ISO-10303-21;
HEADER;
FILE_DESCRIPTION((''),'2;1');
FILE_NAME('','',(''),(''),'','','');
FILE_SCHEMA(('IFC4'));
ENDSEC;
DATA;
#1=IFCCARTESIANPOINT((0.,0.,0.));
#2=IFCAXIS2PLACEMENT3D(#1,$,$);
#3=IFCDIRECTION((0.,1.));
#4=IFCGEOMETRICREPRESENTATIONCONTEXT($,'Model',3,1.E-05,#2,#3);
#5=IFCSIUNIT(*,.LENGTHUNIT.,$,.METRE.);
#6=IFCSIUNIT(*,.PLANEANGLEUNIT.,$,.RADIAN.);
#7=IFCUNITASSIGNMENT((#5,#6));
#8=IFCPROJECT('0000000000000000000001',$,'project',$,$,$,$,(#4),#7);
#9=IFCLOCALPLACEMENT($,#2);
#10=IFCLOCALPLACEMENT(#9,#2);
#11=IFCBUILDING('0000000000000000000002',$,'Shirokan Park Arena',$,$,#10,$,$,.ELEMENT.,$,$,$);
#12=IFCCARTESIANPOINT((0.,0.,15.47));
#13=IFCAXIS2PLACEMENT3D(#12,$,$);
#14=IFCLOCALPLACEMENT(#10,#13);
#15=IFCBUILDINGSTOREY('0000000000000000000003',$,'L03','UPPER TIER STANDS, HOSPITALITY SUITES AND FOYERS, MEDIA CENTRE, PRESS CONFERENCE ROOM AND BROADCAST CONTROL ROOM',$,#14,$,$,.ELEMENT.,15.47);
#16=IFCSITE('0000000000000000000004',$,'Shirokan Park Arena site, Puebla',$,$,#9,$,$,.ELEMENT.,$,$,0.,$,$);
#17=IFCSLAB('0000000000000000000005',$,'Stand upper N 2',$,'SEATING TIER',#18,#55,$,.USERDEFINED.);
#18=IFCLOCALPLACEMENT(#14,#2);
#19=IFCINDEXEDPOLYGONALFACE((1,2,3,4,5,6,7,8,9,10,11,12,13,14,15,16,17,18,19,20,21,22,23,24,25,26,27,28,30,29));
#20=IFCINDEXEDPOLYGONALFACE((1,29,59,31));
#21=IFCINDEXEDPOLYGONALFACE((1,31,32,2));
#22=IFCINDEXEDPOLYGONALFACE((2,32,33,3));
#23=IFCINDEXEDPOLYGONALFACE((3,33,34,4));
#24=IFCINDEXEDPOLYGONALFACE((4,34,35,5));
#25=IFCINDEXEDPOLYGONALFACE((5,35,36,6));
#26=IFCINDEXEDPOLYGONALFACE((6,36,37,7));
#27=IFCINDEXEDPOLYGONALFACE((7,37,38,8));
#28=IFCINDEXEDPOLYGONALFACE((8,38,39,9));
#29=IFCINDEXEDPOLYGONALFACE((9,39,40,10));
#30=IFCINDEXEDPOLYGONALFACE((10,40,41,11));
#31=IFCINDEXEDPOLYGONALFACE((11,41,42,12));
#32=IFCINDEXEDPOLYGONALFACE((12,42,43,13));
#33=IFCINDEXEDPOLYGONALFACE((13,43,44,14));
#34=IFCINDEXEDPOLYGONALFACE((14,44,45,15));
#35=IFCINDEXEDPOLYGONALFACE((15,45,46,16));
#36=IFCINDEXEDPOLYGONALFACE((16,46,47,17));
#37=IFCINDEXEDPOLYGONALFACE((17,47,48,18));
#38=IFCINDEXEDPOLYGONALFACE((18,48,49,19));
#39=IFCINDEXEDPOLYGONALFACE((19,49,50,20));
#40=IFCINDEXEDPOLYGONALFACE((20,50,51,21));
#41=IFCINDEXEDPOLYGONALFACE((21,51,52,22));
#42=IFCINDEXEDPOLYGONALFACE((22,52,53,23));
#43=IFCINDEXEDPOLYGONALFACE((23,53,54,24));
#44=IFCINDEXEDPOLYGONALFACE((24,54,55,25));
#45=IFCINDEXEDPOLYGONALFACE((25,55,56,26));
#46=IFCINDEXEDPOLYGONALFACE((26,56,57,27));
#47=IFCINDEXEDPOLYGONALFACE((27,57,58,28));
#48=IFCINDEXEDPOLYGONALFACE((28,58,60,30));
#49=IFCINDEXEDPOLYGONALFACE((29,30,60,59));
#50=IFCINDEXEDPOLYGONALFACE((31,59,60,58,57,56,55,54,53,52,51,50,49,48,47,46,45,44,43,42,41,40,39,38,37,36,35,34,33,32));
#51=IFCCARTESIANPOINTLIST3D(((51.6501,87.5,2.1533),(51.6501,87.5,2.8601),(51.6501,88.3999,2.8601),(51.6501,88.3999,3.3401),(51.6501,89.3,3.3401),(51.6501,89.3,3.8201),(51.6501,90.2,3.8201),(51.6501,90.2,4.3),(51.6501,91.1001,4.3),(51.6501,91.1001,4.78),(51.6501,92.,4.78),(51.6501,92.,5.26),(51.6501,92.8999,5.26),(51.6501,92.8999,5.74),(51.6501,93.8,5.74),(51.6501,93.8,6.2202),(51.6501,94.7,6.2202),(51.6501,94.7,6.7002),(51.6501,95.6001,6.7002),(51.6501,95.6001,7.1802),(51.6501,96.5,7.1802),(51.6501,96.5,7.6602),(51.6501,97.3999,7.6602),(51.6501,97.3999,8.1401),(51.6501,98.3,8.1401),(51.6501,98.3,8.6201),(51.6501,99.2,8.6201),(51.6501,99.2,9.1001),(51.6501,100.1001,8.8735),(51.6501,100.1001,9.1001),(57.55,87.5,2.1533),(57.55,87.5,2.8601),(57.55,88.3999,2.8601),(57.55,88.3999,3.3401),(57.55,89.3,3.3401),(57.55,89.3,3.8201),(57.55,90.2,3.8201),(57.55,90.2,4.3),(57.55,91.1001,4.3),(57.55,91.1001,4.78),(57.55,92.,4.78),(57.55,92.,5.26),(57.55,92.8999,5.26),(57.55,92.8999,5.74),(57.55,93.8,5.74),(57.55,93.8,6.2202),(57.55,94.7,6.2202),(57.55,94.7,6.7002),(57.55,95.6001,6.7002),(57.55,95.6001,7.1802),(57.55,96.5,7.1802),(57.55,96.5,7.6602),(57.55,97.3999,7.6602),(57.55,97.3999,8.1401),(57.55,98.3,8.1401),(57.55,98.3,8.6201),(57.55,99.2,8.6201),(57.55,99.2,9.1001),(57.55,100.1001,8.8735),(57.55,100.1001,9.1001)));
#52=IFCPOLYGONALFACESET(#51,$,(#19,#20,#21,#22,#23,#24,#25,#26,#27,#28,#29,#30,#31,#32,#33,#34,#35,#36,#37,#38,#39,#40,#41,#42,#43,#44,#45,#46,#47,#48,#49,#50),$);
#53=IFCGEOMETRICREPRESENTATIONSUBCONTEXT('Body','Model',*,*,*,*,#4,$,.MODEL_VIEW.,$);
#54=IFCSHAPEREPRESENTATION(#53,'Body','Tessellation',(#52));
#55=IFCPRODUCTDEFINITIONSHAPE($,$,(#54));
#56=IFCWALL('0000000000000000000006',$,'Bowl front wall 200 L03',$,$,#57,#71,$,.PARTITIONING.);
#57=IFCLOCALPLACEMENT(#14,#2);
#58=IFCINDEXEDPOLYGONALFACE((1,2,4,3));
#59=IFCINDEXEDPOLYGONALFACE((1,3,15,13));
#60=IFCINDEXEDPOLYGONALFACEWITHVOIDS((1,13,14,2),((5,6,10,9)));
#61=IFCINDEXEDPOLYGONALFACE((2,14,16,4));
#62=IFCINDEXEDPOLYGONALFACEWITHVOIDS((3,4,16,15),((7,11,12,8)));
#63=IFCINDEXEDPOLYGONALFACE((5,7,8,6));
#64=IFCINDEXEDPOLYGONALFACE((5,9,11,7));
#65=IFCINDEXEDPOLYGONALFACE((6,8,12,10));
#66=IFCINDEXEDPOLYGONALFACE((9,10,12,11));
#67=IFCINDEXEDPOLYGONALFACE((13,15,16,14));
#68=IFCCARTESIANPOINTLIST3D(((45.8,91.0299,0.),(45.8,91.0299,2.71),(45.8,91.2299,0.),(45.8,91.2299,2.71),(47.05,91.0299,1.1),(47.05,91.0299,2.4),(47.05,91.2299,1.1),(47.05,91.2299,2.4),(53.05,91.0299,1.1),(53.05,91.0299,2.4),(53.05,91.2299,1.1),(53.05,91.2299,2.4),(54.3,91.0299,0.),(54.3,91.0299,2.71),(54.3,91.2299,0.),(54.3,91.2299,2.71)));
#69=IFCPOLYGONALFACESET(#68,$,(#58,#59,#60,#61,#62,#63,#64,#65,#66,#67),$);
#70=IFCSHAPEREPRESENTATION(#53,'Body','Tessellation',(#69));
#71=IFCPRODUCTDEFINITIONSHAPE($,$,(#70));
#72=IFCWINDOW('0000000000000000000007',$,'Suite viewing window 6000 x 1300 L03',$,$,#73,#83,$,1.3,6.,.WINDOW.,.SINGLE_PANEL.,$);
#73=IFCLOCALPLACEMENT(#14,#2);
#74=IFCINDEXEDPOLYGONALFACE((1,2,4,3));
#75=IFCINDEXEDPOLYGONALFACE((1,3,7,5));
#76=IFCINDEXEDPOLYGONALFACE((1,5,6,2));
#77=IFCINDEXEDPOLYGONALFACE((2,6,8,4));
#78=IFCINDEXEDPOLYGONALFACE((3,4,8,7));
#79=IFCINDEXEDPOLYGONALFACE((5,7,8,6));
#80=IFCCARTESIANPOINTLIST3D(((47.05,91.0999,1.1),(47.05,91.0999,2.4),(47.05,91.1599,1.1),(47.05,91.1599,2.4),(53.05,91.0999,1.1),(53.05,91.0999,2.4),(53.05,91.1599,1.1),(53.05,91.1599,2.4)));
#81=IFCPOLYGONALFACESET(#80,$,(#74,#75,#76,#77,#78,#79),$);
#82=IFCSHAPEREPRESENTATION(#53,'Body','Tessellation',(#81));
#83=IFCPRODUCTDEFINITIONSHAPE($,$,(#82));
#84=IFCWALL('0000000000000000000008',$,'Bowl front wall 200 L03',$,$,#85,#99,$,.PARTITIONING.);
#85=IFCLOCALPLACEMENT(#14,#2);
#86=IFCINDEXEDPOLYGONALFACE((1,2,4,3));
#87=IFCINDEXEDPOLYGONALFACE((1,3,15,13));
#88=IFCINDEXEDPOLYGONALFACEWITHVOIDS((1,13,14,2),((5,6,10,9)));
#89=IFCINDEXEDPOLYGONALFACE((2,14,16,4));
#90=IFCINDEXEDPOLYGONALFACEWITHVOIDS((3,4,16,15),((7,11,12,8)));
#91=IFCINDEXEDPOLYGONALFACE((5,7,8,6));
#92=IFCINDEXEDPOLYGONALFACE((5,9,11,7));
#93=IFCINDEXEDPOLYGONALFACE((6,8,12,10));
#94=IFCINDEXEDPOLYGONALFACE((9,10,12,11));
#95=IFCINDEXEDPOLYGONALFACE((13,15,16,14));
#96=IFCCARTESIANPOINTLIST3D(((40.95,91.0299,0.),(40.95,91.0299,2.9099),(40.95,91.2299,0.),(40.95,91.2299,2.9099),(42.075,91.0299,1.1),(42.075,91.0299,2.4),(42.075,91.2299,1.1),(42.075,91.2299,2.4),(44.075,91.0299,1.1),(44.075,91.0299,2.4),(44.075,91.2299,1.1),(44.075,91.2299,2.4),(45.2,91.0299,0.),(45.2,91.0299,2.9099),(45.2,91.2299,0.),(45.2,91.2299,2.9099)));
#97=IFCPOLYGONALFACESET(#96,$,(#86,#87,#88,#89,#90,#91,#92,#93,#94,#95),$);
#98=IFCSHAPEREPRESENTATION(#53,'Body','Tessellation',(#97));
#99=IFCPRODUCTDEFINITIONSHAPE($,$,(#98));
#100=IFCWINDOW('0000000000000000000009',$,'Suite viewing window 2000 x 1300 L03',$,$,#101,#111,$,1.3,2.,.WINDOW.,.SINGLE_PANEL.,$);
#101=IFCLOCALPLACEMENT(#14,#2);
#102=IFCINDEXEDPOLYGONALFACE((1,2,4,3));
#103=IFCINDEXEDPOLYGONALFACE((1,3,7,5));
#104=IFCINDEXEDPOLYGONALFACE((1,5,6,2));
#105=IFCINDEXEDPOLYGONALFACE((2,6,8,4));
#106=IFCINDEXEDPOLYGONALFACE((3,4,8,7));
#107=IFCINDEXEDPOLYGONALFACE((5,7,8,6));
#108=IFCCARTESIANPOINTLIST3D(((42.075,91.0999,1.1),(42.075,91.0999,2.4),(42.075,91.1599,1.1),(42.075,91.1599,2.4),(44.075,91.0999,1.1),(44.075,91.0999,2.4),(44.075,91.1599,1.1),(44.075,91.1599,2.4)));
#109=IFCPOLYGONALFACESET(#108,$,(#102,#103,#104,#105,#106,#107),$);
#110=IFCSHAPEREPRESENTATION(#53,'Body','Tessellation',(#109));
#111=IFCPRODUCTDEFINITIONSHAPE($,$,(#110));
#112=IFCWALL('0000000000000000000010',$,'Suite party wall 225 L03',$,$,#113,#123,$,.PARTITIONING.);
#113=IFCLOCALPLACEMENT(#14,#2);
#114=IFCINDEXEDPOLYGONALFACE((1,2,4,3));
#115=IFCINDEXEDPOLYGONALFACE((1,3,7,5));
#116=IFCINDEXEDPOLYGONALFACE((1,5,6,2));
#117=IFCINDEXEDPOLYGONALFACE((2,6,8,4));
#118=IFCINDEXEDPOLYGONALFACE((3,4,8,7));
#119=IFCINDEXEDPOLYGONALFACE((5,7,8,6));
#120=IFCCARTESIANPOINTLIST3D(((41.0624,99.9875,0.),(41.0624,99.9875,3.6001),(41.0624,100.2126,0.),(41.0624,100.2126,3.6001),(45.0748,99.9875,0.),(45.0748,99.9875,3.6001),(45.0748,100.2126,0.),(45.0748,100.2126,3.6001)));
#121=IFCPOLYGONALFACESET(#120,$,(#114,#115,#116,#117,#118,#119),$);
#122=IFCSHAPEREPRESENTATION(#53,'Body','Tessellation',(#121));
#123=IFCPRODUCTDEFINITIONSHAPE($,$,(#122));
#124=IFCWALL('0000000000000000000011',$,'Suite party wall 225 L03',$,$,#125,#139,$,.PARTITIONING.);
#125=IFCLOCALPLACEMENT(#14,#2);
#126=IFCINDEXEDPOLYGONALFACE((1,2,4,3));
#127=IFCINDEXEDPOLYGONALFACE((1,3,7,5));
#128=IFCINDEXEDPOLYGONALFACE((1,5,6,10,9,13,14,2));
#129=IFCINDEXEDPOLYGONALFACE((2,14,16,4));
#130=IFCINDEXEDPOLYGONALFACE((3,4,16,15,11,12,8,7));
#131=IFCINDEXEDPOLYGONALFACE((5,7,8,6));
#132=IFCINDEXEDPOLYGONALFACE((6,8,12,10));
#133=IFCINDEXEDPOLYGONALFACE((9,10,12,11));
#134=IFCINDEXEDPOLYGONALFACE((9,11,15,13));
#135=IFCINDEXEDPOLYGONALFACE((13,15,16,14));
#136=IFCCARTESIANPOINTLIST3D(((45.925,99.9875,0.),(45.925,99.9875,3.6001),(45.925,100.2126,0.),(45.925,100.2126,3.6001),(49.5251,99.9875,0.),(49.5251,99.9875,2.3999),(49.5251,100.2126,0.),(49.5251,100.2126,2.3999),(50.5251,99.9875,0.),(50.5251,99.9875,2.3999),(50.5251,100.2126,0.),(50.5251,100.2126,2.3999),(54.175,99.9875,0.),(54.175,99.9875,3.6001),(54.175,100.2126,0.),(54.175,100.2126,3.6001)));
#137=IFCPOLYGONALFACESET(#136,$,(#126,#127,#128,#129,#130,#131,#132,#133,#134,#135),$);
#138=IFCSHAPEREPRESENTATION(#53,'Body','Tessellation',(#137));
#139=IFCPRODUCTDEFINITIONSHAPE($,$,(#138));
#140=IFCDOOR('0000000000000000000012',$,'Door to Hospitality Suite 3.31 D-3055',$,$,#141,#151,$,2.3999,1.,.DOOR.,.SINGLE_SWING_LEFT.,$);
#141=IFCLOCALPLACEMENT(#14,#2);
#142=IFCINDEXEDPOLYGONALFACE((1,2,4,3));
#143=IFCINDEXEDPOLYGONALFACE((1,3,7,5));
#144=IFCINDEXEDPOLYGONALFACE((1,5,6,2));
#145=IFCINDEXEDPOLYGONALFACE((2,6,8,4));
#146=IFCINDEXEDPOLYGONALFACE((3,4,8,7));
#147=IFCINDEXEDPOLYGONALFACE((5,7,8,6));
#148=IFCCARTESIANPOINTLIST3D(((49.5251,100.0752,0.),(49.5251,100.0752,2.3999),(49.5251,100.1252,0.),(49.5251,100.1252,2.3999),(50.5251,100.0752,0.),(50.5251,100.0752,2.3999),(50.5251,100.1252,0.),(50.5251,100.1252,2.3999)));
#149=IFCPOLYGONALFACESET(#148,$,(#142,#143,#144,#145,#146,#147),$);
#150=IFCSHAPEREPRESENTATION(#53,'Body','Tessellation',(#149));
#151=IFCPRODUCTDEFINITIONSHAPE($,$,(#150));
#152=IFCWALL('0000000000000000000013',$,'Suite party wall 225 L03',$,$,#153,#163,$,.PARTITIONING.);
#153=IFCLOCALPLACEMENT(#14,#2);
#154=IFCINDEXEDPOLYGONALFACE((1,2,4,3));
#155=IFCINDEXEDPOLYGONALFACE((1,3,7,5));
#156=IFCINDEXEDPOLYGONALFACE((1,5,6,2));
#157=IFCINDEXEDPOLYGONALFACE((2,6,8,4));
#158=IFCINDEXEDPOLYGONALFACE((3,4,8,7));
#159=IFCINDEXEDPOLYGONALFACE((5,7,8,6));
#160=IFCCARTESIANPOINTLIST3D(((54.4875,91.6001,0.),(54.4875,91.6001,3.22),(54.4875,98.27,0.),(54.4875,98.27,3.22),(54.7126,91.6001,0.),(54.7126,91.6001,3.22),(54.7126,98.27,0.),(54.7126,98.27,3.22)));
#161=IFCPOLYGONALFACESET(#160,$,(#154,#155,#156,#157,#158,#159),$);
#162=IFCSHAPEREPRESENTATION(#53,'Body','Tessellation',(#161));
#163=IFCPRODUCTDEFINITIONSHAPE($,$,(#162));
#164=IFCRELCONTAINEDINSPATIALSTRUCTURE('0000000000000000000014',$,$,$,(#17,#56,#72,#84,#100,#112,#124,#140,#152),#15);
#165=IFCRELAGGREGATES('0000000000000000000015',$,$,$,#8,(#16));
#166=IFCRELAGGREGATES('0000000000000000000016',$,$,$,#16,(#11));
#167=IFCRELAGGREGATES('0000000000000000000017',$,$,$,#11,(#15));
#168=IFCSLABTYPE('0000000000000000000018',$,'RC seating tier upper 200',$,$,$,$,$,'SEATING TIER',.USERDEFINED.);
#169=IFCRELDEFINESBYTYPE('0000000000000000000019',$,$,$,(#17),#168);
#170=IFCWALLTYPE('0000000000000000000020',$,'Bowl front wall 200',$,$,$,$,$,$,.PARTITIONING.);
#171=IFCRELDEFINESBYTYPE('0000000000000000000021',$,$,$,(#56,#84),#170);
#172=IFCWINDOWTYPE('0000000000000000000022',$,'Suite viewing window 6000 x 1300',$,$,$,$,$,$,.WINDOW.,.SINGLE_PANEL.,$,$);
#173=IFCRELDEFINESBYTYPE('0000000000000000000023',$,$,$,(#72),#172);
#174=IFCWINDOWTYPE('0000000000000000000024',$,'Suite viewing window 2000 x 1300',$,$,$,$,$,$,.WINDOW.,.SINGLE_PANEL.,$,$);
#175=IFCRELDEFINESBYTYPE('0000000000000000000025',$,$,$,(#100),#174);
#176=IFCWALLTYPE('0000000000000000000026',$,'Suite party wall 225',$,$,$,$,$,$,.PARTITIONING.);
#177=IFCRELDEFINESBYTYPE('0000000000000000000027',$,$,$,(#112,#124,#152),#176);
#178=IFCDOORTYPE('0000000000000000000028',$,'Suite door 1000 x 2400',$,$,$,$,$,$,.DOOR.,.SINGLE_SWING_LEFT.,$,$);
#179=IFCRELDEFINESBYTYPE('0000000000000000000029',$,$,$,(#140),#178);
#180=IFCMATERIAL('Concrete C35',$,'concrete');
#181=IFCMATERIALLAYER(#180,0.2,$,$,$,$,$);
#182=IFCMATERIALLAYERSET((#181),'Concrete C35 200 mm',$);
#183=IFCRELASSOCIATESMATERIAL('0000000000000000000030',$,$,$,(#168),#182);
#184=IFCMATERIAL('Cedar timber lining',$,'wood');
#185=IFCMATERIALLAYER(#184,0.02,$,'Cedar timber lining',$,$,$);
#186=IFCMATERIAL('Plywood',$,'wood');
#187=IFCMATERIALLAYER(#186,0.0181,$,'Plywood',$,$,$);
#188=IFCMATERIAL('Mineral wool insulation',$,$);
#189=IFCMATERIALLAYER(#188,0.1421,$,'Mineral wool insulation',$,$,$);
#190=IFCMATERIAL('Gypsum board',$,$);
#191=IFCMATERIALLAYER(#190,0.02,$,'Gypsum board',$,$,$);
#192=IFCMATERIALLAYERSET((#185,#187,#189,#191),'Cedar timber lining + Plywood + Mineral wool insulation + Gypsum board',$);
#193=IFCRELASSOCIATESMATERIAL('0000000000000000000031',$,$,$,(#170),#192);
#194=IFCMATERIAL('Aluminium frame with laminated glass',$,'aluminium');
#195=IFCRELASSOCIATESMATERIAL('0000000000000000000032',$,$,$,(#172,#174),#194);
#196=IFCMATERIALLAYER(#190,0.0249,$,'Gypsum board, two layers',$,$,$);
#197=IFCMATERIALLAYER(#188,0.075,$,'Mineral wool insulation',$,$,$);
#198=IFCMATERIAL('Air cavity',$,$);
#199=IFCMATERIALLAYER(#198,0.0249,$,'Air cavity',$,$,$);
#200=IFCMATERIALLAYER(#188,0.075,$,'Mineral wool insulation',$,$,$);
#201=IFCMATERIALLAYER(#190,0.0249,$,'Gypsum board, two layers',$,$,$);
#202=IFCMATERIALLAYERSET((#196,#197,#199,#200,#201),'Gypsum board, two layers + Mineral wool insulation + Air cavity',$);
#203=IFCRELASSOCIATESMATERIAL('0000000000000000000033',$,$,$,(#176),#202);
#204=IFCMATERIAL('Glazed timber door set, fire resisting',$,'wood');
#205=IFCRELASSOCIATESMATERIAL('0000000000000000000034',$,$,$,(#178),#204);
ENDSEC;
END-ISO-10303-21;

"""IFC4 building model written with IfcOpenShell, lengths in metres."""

from ifc_helpers import new_model, si_unit, direction, frame, frame_2d, origin, place, context, subcontext, project, spatial, polyline, rectangle, outline, extrude, material, layer, layer_set, type_object, element, fill, save


model = new_model("IFC4")

# Units and contexts
model_context = context("Model", 3, precision=1e-05, world=origin(), true_north=direction((0.0, 1.0)))
body_context = subcontext(model_context, "Body", "Model", "MODEL_VIEW")
ifc_project = project(units=[si_unit("LENGTHUNIT", "METRE"), si_unit("PLANEANGLEUNIT", "RADIAN")], contexts=[model_context])

# Site, building, storey
site_placement = place(None, origin())
site = spatial("IfcSite", under=ifc_project, at=site_placement, Name="Shirokan Park Arena site, Puebla", CompositionType="ELEMENT", RefElevation=0.0)
building_placement = place(site_placement, origin())
building = spatial("IfcBuilding", under=site, at=building_placement, Name="Shirokan Park Arena", CompositionType="ELEMENT")
storey_placement = place(building_placement, frame((0.0, 0.0, 15.47)))
storey = spatial("IfcBuildingStorey", under=building, at=storey_placement, Name="L03", Description="UPPER TIER STANDS, HOSPITALITY SUITES AND FOYERS, MEDIA CENTRE, PRESS CONFERENCE ROOM AND BROADCAST CONTROL ROOM", CompositionType="ELEMENT", Elevation=15.47)

# Shared definitions
ifc_material_1 = material(Name="Concrete C35", Category="concrete")

# Slab
ifc_layer_1 = layer(ifc_material_1, 0.2)
ifc_layer_set_1 = layer_set([ifc_layer_1], Name="Concrete C35 200 mm")
slab_type = type_object("IfcSlabType", Name="RC seating tier upper 200", ElementType="SEATING TIER", PredefinedType="USERDEFINED", material=ifc_layer_set_1)
slab_1_placement = place(storey_placement, frame((54.6001, 87.5, 2.8601), z_axis=(0.0, 0.0, 1.0), x_axis=(0.0, 1.0, 0.0)))
element("IfcSlab", 1, at=slab_1_placement, inside=storey, type_object=slab_type, Name="Stand upper N 2", ObjectType="SEATING TIER", PredefinedType="USERDEFINED", context=body_context, shape_type="SweptSolid", body=[
    extrude(outline(polyline([(0.0, 0.0), (0.8999, 0.0), (0.8999, 0.48), (1.8, 0.48), (1.8, 0.96), (2.7, 0.96), (2.7, 1.4399), (3.6001, 1.4399), (3.6001, 1.9199), (4.5, 1.9199), (4.5, 2.3999), (5.3999, 2.3999), (5.3999, 2.8799), (6.3, 2.8799), (6.3, 3.3601), (7.2, 3.3601), (7.2, 3.8401), (8.1001, 3.8401), (8.1001, 4.3201), (9.0, 4.3201), (9.0, 4.8), (9.8999, 4.8), (9.8999, 5.28), (10.8, 5.28), (10.8, 5.76), (11.7, 5.76), (11.7, 6.24), (12.6001, 6.24), (12.6001, 6.0134), (0.0, -0.7068), (0.0, 0.0)])), frame((0.0, 2.95, 0.0), z_axis=(0.0, -1.0, 0.0), x_axis=(1.0, 0.0, 0.0)), (0.0, 0.0, 1.0), 5.8999),
])

# Walls, openings, windows
ifc_material_2 = material(Name="Cedar timber lining", Category="wood")
ifc_layer_2 = layer(ifc_material_2, 0.02, Name="Cedar timber lining")
ifc_material_3 = material(Name="Plywood", Category="wood")
ifc_layer_3 = layer(ifc_material_3, 0.0181, Name="Plywood")
ifc_material_4 = material(Name="Mineral wool insulation")
ifc_layer_4 = layer(ifc_material_4, 0.1421, Name="Mineral wool insulation")
ifc_material_5 = material(Name="Gypsum board")
ifc_layer_5 = layer(ifc_material_5, 0.02, Name="Gypsum board")
ifc_layer_set_2 = layer_set([ifc_layer_2, ifc_layer_3, ifc_layer_4, ifc_layer_5], Name="Cedar timber lining + Plywood + Mineral wool insulation + Gypsum board")
wall_type_1 = type_object("IfcWallType", Name="Bowl front wall 200", PredefinedType="PARTITIONING", material=ifc_layer_set_2)
wall_1_placement = place(storey_placement, frame((54.3, 91.1299, 0.0), z_axis=(0.0, 0.0, 1.0), x_axis=(-1.0, 0.0, 0.0)))
wall_1 = element("IfcWall", 2, at=wall_1_placement, inside=storey, type_object=wall_type_1, Name="Bowl front wall 200 L03", PredefinedType="PARTITIONING", context=body_context, shape_type="SweptSolid", body=[
    extrude(rectangle(XDim=8.5, YDim=0.2, at=frame_2d((4.25, 0.0))), origin(), (0.0, 0.0, 1.0), 2.71),
])
opening_1_placement = place(wall_1_placement, frame((1.25, 0.0, 1.1001)))
opening_1 = element("IfcOpeningElement", 3, at=opening_1_placement, cuts=wall_1, PredefinedType="OPENING", context=body_context, shape_type="SweptSolid", body=[
    extrude(rectangle(XDim=6.0, YDim=1.3, at=frame_2d((3.0, 0.6499))), frame((0.0, 0.1099, 0.0), z_axis=(0.0, -1.0, 0.0), x_axis=(1.0, 0.0, 0.0)), (0.0, 0.0, 1.0), 0.22),
])
ifc_material_6 = material(Name="Aluminium frame with laminated glass", Category="aluminium")
window_type_1 = type_object("IfcWindowType", Name="Suite viewing window 6000 x 1300", PartitioningType="SINGLE_PANEL", PredefinedType="WINDOW", material=ifc_material_6)
window_1_placement = place(opening_1_placement, origin())
window_1 = element("IfcWindow", 4, at=window_1_placement, inside=storey, type_object=window_type_1, Name="Suite viewing window 6000 x 1300 L03", OverallHeight=1.3, OverallWidth=6.0, PartitioningType="SINGLE_PANEL", PredefinedType="WINDOW", context=body_context, shape_type="SweptSolid", body=[
    extrude(rectangle(XDim=6.0, YDim=1.3, at=frame_2d((3.0, 0.6499))), frame((0.0, 0.03, 0.0), z_axis=(0.0, -1.0, 0.0), x_axis=(1.0, 0.0, 0.0)), (0.0, 0.0, 1.0), 0.0601),
])
fill(opening_1, window_1)
wall_2_placement = place(storey_placement, frame((45.2, 91.1299, 0.0), z_axis=(0.0, 0.0, 1.0), x_axis=(-1.0, 0.0, 0.0)))
wall_2 = element("IfcWall", 5, at=wall_2_placement, inside=storey, type_object=wall_type_1, Name="Bowl front wall 200 L03", PredefinedType="PARTITIONING", context=body_context, shape_type="SweptSolid", body=[
    extrude(rectangle(XDim=4.25, YDim=0.2, at=frame_2d((2.125, 0.0))), origin(), (0.0, 0.0, 1.0), 2.9099),
])
opening_2_placement = place(wall_2_placement, frame((1.125, 0.0, 1.1001)))
opening_2 = element("IfcOpeningElement", 6, at=opening_2_placement, cuts=wall_2, PredefinedType="OPENING", context=body_context, shape_type="SweptSolid", body=[
    extrude(rectangle(XDim=2.0, YDim=1.3, at=frame_2d((1.0, 0.6499))), frame((0.0, 0.1099, 0.0), z_axis=(0.0, -1.0, 0.0), x_axis=(1.0, 0.0, 0.0)), (0.0, 0.0, 1.0), 0.22),
])
window_type_2 = type_object("IfcWindowType", Name="Suite viewing window 2000 x 1300", PartitioningType="SINGLE_PANEL", PredefinedType="WINDOW", material=ifc_material_6)
window_2_placement = place(opening_2_placement, origin())
window_2 = element("IfcWindow", 7, at=window_2_placement, inside=storey, type_object=window_type_2, Name="Suite viewing window 2000 x 1300 L03", OverallHeight=1.3, OverallWidth=2.0, PartitioningType="SINGLE_PANEL", PredefinedType="WINDOW", context=body_context, shape_type="SweptSolid", body=[
    extrude(rectangle(XDim=2.0, YDim=1.3, at=frame_2d((1.0, 0.6499))), frame((0.0, 0.03, 0.0), z_axis=(0.0, -1.0, 0.0), x_axis=(1.0, 0.0, 0.0)), (0.0, 0.0, 1.0), 0.0601),
])
fill(opening_2, window_2)

# Wall
ifc_layer_6 = layer(ifc_material_5, 0.0249, Name="Gypsum board, two layers")
ifc_layer_7 = layer(ifc_material_4, 0.075, Name="Mineral wool insulation")
ifc_material_7 = material(Name="Air cavity")
ifc_layer_8 = layer(ifc_material_7, 0.0249, Name="Air cavity")
ifc_layer_9 = layer(ifc_material_4, 0.075, Name="Mineral wool insulation")
ifc_layer_10 = layer(ifc_material_5, 0.0249, Name="Gypsum board, two layers")
ifc_layer_set_3 = layer_set([ifc_layer_6, ifc_layer_7, ifc_layer_8, ifc_layer_9, ifc_layer_10], Name="Gypsum board, two layers + Mineral wool insulation + Air cavity")
wall_type_2 = type_object("IfcWallType", Name="Suite party wall 225", PredefinedType="PARTITIONING", material=ifc_layer_set_3)
wall_3_placement = place(storey_placement, frame((45.075, 100.1001, 0.0), z_axis=(0.0, 0.0, 1.0), x_axis=(-1.0, 0.0, 0.0)))
element("IfcWall", 8, at=wall_3_placement, inside=storey, type_object=wall_type_2, Name="Suite party wall 225 L03", PredefinedType="PARTITIONING", context=body_context, shape_type="SweptSolid", body=[
    extrude(rectangle(XDim=4.0125, YDim=0.2251, at=frame_2d((2.0063, 0.0))), origin(), (0.0, 0.0, 1.0), 3.6001),
])

# Wall, opening, door
wall_4_placement = place(storey_placement, frame((54.175, 100.1001, 0.0), z_axis=(0.0, 0.0, 1.0), x_axis=(-1.0, 0.0, 0.0)))
wall_4 = element("IfcWall", 9, at=wall_4_placement, inside=storey, type_object=wall_type_2, Name="Suite party wall 225 L03", PredefinedType="PARTITIONING", context=body_context, shape_type="SweptSolid", body=[
    extrude(rectangle(XDim=8.25, YDim=0.2251, at=frame_2d((4.125, 0.0))), origin(), (0.0, 0.0, 1.0), 3.6001),
])
opening_3_placement = place(wall_4_placement, frame((3.6499, 0.0, 0.0)))
opening_3 = element("IfcOpeningElement", 10, at=opening_3_placement, cuts=wall_4, PredefinedType="OPENING", context=body_context, shape_type="SweptSolid", body=[
    extrude(rectangle(XDim=1.0, YDim=2.3999, at=frame_2d((0.5, 1.2))), frame((0.0, 0.1226, 0.0), z_axis=(0.0, -1.0, 0.0), x_axis=(1.0, 0.0, 0.0)), (0.0, 0.0, 1.0), 0.2451),
])
ifc_material_8 = material(Name="Glazed timber door set, fire resisting", Category="wood")
door_type = type_object("IfcDoorType", Name="Suite door 1000 x 2400", OperationType="SINGLE_SWING_LEFT", PredefinedType="DOOR", material=ifc_material_8)
door_placement = place(opening_3_placement, origin())
door = element("IfcDoor", 11, at=door_placement, inside=storey, type_object=door_type, Name="Door to Hospitality Suite 3.31 D-3055", OperationType="SINGLE_SWING_LEFT", OverallHeight=2.3999, OverallWidth=1.0, PredefinedType="DOOR", context=body_context, shape_type="SweptSolid", body=[
    extrude(rectangle(XDim=1.0, YDim=2.3999, at=frame_2d((0.5, 1.2))), frame((0.0, 0.0249, 0.0), z_axis=(0.0, -1.0, 0.0), x_axis=(1.0, 0.0, 0.0)), (0.0, 0.0, 1.0), 0.05),
])
fill(opening_3, door)

# Wall
wall_5_placement = place(storey_placement, frame((54.6001, 98.27, 0.0), z_axis=(0.0, 0.0, 1.0), x_axis=(0.0, -1.0, 0.0)))
element("IfcWall", 12, at=wall_5_placement, inside=storey, type_object=wall_type_2, Name="Suite party wall 225 L03", PredefinedType="PARTITIONING", context=body_context, shape_type="SweptSolid", body=[
    extrude(rectangle(XDim=6.6699, YDim=0.2251, at=frame_2d((3.335, 0.0))), origin(), (0.0, 0.0, 1.0), 3.22),
])

save(model, "model.ifc")
